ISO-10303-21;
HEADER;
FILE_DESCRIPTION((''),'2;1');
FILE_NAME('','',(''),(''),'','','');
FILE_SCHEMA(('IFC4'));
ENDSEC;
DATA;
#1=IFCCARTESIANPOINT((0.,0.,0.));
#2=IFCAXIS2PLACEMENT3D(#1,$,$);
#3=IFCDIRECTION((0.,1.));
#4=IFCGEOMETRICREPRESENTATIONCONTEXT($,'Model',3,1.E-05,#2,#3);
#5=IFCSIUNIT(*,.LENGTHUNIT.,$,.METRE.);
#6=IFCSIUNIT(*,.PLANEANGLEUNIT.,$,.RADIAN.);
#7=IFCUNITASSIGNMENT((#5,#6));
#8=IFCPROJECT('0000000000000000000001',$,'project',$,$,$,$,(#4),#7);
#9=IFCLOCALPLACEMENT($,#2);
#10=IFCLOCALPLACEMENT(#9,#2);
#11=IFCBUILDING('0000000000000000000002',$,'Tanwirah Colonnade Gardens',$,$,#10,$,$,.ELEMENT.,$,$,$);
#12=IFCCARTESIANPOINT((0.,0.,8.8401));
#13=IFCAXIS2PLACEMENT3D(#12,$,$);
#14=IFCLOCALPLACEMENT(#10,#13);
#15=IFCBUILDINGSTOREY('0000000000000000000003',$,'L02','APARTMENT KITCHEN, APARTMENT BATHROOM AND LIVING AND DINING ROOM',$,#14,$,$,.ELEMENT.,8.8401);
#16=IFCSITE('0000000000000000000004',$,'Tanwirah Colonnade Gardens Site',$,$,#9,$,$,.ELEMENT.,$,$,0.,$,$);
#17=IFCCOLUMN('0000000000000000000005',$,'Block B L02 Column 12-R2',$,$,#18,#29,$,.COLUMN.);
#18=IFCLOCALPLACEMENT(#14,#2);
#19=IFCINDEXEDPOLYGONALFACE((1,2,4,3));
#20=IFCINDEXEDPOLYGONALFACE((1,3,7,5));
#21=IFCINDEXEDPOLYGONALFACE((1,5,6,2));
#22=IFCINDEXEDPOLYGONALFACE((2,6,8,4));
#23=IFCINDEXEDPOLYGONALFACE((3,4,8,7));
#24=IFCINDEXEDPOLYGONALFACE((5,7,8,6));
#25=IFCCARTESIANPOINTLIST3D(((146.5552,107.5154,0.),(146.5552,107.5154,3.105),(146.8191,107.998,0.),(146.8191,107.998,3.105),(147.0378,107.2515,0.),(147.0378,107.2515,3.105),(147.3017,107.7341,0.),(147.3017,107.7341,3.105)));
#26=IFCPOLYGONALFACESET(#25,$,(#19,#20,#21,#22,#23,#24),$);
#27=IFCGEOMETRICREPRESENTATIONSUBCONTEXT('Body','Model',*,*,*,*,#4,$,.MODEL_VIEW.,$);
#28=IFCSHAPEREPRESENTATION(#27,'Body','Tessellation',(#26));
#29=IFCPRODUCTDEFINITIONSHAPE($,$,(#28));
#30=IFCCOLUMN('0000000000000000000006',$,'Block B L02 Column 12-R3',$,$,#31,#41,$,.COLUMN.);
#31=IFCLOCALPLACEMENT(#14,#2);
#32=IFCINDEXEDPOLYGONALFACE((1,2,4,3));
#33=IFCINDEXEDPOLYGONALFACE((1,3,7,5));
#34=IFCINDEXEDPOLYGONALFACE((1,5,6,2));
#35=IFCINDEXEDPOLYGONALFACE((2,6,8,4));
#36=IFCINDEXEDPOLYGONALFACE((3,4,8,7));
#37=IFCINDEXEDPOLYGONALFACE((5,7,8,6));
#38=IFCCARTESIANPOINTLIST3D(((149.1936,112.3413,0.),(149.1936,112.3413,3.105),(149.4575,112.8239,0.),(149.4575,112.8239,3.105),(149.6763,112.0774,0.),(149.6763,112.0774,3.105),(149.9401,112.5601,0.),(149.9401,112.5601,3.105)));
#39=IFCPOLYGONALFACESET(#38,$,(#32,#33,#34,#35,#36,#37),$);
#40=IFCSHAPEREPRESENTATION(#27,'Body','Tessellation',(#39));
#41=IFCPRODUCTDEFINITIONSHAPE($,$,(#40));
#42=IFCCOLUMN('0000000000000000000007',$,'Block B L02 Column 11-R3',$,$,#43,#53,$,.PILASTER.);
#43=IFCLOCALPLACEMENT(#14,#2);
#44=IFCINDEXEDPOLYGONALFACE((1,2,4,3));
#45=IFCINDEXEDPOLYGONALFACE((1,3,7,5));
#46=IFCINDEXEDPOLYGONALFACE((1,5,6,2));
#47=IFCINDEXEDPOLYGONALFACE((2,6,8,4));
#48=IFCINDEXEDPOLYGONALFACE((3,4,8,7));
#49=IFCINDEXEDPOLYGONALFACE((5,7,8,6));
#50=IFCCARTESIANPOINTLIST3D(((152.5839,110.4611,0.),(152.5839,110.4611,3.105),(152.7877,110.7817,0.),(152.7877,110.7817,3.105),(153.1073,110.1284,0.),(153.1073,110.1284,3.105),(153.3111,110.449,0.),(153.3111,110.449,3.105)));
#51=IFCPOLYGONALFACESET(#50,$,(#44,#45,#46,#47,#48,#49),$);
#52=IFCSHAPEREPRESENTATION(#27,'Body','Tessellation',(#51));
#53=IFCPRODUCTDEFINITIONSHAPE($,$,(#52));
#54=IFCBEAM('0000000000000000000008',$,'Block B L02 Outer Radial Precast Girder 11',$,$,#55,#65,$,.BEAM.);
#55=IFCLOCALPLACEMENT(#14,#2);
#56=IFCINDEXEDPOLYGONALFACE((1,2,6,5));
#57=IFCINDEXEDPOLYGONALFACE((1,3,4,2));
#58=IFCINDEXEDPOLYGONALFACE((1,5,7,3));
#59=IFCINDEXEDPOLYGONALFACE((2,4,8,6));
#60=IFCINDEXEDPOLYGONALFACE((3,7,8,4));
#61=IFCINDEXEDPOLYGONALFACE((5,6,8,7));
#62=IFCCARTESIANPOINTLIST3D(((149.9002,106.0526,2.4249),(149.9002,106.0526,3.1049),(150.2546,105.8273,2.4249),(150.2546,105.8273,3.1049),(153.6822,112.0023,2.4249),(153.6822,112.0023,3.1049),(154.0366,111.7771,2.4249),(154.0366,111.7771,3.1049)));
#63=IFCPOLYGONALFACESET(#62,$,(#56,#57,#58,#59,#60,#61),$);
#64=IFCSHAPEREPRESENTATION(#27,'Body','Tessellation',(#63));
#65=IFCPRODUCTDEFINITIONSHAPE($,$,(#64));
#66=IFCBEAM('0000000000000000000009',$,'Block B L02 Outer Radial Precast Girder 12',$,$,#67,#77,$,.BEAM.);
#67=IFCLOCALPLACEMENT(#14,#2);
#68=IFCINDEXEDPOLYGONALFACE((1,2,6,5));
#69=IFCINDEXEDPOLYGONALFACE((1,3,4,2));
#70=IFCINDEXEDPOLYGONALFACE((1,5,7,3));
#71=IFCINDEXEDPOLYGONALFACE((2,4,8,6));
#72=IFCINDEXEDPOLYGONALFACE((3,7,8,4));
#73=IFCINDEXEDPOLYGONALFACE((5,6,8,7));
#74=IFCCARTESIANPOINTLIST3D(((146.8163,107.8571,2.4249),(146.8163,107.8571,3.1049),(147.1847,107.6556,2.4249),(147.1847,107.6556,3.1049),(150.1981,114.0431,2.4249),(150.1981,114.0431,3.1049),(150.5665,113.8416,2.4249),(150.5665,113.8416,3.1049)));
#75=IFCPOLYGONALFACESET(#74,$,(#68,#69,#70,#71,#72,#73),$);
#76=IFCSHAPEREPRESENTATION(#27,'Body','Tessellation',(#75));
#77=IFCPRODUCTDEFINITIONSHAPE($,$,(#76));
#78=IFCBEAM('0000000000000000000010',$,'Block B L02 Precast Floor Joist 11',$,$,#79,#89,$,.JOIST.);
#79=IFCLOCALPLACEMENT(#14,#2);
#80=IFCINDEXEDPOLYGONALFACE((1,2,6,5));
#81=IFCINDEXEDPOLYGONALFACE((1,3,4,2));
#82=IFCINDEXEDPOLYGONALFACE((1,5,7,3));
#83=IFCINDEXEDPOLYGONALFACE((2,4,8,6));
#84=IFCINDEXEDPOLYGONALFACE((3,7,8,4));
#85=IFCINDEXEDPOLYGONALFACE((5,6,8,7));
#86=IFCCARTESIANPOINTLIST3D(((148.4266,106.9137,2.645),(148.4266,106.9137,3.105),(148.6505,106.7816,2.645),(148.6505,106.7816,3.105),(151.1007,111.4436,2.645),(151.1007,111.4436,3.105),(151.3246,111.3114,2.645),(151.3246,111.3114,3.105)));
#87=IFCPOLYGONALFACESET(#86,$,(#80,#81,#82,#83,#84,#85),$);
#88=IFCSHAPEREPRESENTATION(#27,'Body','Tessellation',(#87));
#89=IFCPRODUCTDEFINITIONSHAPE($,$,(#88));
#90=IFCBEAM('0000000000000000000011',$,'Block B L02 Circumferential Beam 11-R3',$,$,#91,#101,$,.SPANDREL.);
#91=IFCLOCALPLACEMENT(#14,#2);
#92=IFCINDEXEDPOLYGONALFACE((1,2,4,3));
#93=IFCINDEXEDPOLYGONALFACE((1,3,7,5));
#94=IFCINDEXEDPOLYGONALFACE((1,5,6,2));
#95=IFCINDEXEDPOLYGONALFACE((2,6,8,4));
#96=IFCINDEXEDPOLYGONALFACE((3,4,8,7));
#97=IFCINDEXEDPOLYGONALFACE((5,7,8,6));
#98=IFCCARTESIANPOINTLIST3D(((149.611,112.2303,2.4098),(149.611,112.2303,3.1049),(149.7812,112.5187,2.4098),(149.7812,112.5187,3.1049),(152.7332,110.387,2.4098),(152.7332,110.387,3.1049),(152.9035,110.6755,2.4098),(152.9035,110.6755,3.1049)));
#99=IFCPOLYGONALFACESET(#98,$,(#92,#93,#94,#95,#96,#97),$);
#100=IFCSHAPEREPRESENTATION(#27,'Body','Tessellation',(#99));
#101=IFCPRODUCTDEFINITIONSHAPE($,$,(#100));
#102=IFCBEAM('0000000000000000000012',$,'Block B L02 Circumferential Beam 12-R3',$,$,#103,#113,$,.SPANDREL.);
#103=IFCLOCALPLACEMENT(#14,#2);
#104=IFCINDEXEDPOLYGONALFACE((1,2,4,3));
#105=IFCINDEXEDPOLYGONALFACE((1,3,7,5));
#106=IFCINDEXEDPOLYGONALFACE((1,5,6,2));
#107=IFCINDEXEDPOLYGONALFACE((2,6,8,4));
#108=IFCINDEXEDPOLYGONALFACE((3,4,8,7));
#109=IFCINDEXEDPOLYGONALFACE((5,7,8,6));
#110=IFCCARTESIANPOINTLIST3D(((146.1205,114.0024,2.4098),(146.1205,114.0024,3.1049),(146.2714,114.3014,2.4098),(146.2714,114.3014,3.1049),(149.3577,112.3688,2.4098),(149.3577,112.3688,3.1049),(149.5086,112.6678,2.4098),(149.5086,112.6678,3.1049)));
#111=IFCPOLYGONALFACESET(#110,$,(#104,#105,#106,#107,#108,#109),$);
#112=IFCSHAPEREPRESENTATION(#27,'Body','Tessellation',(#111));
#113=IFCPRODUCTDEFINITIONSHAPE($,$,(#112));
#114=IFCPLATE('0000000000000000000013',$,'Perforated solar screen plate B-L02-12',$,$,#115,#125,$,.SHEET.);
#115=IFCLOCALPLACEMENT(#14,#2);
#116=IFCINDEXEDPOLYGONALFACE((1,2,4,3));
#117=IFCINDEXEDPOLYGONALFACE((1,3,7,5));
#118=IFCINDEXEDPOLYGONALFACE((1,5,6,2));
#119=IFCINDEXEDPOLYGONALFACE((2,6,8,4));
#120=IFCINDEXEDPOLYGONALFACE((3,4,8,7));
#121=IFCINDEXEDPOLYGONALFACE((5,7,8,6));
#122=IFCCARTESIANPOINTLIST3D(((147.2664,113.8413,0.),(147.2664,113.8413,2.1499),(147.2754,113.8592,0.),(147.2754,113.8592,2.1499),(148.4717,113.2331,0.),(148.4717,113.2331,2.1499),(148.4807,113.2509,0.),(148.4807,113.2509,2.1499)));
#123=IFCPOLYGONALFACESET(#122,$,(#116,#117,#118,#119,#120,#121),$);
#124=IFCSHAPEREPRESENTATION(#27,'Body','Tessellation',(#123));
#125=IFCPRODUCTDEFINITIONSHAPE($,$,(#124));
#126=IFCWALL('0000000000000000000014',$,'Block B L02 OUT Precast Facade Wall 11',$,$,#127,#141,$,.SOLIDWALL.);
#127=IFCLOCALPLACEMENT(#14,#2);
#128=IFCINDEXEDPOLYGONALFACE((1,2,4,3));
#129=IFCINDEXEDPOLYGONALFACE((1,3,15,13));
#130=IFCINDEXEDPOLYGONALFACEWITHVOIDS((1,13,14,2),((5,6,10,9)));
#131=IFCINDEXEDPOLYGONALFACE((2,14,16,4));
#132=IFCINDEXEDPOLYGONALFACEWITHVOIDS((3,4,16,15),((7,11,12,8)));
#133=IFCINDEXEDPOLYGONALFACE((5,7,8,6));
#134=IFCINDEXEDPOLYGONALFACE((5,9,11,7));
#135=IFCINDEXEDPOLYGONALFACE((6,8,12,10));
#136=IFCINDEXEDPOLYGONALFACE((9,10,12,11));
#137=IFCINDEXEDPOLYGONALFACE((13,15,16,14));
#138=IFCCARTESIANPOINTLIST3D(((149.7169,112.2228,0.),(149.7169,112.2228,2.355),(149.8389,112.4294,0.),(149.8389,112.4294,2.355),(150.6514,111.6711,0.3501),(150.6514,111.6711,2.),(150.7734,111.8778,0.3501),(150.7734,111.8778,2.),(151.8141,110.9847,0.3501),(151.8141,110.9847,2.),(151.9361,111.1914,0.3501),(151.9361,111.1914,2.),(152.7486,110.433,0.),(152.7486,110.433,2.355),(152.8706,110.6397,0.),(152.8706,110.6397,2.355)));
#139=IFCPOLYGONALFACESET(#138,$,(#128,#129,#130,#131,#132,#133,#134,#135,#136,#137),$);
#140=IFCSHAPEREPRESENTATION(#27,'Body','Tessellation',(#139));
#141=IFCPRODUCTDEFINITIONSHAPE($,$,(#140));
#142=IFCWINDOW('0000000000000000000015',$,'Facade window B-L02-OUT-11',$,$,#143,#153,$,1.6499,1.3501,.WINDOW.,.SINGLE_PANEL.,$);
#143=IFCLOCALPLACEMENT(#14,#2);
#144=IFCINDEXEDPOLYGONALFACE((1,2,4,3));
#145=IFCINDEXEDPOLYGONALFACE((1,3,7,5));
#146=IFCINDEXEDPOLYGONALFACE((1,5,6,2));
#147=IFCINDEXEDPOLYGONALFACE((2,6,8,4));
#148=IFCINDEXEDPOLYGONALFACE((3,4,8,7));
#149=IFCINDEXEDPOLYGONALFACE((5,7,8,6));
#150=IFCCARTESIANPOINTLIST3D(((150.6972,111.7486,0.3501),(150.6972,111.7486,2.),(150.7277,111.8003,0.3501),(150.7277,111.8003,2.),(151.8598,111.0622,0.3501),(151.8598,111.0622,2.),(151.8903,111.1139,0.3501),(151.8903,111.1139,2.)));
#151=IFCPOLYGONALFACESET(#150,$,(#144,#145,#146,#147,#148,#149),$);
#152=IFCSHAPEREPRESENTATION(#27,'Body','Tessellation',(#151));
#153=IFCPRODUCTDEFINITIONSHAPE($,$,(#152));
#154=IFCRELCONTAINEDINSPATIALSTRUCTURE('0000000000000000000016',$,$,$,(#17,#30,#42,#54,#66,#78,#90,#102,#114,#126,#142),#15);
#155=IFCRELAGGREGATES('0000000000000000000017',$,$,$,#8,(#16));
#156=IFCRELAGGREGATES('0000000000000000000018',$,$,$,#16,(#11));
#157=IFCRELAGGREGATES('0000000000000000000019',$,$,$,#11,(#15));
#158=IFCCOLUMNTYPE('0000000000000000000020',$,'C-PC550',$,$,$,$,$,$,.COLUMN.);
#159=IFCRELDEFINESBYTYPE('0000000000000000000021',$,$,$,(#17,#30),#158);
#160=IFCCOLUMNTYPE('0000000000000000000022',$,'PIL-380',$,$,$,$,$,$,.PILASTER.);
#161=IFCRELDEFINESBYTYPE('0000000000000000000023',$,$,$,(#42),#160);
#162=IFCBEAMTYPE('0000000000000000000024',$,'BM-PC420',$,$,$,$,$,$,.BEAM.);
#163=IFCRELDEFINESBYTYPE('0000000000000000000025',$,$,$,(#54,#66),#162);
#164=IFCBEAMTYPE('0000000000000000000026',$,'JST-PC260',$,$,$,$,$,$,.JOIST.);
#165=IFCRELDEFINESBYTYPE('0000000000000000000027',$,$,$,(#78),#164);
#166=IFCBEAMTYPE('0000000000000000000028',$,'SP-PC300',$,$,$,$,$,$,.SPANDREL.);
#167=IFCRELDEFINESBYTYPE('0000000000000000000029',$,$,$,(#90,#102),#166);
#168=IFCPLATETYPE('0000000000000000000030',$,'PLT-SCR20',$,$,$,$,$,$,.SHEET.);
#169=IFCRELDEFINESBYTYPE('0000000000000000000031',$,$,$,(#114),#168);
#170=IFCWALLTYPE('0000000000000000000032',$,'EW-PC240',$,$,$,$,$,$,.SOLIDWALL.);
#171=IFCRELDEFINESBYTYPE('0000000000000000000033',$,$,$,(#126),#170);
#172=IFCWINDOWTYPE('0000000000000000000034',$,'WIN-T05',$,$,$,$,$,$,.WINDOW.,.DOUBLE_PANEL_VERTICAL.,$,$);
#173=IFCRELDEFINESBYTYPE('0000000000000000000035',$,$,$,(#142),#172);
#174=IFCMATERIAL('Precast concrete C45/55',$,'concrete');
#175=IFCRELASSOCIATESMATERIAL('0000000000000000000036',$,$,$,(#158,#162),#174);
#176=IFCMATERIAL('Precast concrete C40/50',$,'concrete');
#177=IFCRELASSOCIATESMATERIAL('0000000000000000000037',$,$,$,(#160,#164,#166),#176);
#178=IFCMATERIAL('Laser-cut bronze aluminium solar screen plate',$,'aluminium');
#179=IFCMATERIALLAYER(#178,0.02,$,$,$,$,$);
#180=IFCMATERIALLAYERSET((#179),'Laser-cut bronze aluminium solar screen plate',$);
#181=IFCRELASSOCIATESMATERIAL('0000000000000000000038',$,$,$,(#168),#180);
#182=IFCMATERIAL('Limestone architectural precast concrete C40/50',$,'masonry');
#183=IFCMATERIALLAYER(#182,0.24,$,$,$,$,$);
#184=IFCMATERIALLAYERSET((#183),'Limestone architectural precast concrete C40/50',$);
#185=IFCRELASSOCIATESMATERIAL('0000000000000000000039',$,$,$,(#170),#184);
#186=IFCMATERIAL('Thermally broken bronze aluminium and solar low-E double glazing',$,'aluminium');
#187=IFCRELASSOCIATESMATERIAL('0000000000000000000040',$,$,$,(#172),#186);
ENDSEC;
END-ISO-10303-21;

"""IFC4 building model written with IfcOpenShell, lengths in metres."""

from ifc_helpers import new_model, si_unit, direction, frame, frame_2d, origin, origin_2d, place, context, subcontext, project, spatial, rectangle, extrude, material, layer, layer_set, material_profile, profile_set, type_object, element, fill, save


model = new_model("IFC4")

# Units and contexts
model_context = context("Model", 3, precision=1e-05, world=origin(), true_north=direction((0.0, 1.0)))
body_context = subcontext(model_context, "Body", "Model", "MODEL_VIEW")
ifc_project = project(units=[si_unit("LENGTHUNIT", "METRE"), si_unit("PLANEANGLEUNIT", "RADIAN")], contexts=[model_context])

# Site, building, storey
site_placement = place(None, origin())
site = spatial("IfcSite", under=ifc_project, at=site_placement, Name="Tanwirah Colonnade Gardens Site", CompositionType="ELEMENT", RefElevation=0.0)
building_placement = place(site_placement, origin())
building = spatial("IfcBuilding", under=site, at=building_placement, Name="Tanwirah Colonnade Gardens", CompositionType="ELEMENT")
storey_placement = place(building_placement, frame((0.0, 0.0, 8.8401)))
storey = spatial("IfcBuildingStorey", under=building, at=storey_placement, Name="L02", Description="APARTMENT KITCHEN, APARTMENT BATHROOM AND LIVING AND DINING ROOM", CompositionType="ELEMENT", Elevation=8.8401)

# Columns
ifc_material_1 = material(Name="Precast concrete C45/55", Category="concrete")
ifc_material_profile_1 = material_profile(ifc_material_1, rectangle(XDim=0.55, YDim=0.55, at=origin_2d()), Name="PC-COL 550x550")
ifc_profile_set_1 = profile_set([ifc_material_profile_1], Name="Precast concrete C45/55")
column_type_1 = type_object("IfcColumnType", Name="C-PC550", PredefinedType="COLUMN", material=ifc_profile_set_1)
for number, where, z_axis, x_axis, name in (
    (1, (146.9285, 107.6248, 0.0), (0.0, 0.0, 1.0), (0.479713, 0.877425, 0.0), "Block B L02 Column 12-R2"),
    (2, (149.5669, 112.4507, 0.0), (0.0, 0.0, 1.0), (0.479713, 0.877425, 0.0), "Block B L02 Column 12-R3"),
):
    element("IfcColumn", number, at=place(storey_placement, frame(where, z_axis=z_axis, x_axis=x_axis)), inside=storey, type_object=column_type_1, Name=name, PredefinedType="COLUMN", context=body_context, shape_type="SweptSolid", body=[
        extrude(rectangle(XDim=0.55, YDim=0.55, at=origin_2d()), origin(), (0.0, 0.0, 1.0), 3.105),
    ])
ifc_material_2 = material(Name="Precast concrete C40/50", Category="concrete")
ifc_material_profile_2 = material_profile(ifc_material_2, rectangle(XDim=0.3799, YDim=0.6201, at=origin_2d()), Name="PC-PIL 380x620")
ifc_profile_set_2 = profile_set([ifc_material_profile_2], Name="Precast concrete C40/50")
column_type_2 = type_object("IfcColumnType", Name="PIL-380", PredefinedType="PILASTER", material=ifc_profile_set_2)
column_placement = place(storey_placement, frame((152.9475, 110.4551, 0.0), z_axis=(0.0, 0.0, 1.0), x_axis=(0.536482, 0.843912, 0.0)))
element("IfcColumn", 3, at=column_placement, inside=storey, type_object=column_type_2, Name="Block B L02 Column 11-R3", PredefinedType="PILASTER", context=body_context, shape_type="SweptSolid", body=[
    extrude(rectangle(XDim=0.3799, YDim=0.6201, at=origin_2d()), origin(), (0.0, 0.0, 1.0), 3.105),
])

# Beams
ifc_material_profile_3 = material_profile(ifc_material_1, rectangle(XDim=0.4199, YDim=0.6799, at=origin_2d()), Name="PC-BM 420x680")
ifc_profile_set_3 = profile_set([ifc_material_profile_3], Name="Precast concrete C45/55")
beam_type_1 = type_object("IfcBeamType", Name="BM-PC420", PredefinedType="BEAM", material=ifc_profile_set_3)
for number, where, z_axis, x_axis, name in (
    (4, (150.0774, 105.9399, 2.7649), (0.536452, 0.843931, 0.0), (-0.843931, 0.536452, 0.0), "Block B L02 Outer Radial Precast Girder 11"),
    (5, (147.0005, 107.7563, 2.7649), (0.479687, 0.87744, 0.0), (-0.87744, 0.479687, 0.0), "Block B L02 Outer Radial Precast Girder 12"),
):
    element("IfcBeam", number, at=place(storey_placement, frame(where, z_axis=z_axis, x_axis=x_axis)), inside=storey, type_object=beam_type_1, Name=name, PredefinedType="BEAM", context=body_context, shape_type="SweptSolid", body=[
        extrude(rectangle(XDim=0.4199, YDim=0.6799, at=origin_2d()), origin(), (0.0, 0.0, 1.0), 7.05),
    ])
ifc_material_profile_4 = material_profile(ifc_material_2, rectangle(XDim=0.26, YDim=0.46, at=origin_2d()), Name="PC-JST 260x460")
ifc_profile_set_4 = profile_set([ifc_material_profile_4], Name="Precast concrete C40/50")
beam_type_2 = type_object("IfcBeamType", Name="JST-PC260", PredefinedType="JOIST", material=ifc_profile_set_4)
beam_1_placement = place(storey_placement, frame((148.5386, 106.8477, 2.875), z_axis=(0.50836, 0.861145, 0.0), x_axis=(-0.861145, 0.50836, 0.0)))
element("IfcBeam", 6, at=beam_1_placement, inside=storey, type_object=beam_type_2, Name="Block B L02 Precast Floor Joist 11", PredefinedType="JOIST", context=body_context, shape_type="SweptSolid", body=[
    extrude(rectangle(XDim=0.26, YDim=0.46, at=origin_2d()), origin(), (0.0, 0.0, 1.0), 5.2603),
])
ifc_material_profile_5 = material_profile(ifc_material_2, rectangle(XDim=0.335, YDim=0.6951, at=origin_2d()), Name="PC-SP 335x695")
ifc_profile_set_5 = profile_set([ifc_material_profile_5], Name="Precast concrete C40/50")
beam_type_3 = type_object("IfcBeamType", Name="SP-PC300", PredefinedType="SPANDREL", material=ifc_profile_set_5)
beam_2_placement = place(storey_placement, frame((152.8184, 110.5312, 2.7573), z_axis=(-0.861137, 0.508373, 0.0), x_axis=(-0.508373, -0.861137, 0.0)))
element("IfcBeam", 7, at=beam_2_placement, inside=storey, type_object=beam_type_3, Name="Block B L02 Circumferential Beam 11-R3", PredefinedType="SPANDREL", context=body_context, shape_type="SweptSolid", body=[
    extrude(rectangle(XDim=0.335, YDim=0.6951, at=origin_2d()), origin(), (0.0, 0.0, 1.0), 3.6257),
])
beam_3_placement = place(storey_placement, frame((149.4331, 112.5183, 2.7573), z_axis=(-0.892765, 0.450523, 0.0), x_axis=(-0.450523, -0.892765, 0.0)))
element("IfcBeam", 8, at=beam_3_placement, inside=storey, type_object=beam_type_3, Name="Block B L02 Circumferential Beam 12-R3", PredefinedType="SPANDREL", context=body_context, shape_type="SweptSolid", body=[
    extrude(rectangle(XDim=0.335, YDim=0.6951, at=origin_2d()), origin(), (0.0, 0.0, 1.0), 3.626),
])

# Plate
ifc_material_3 = material(Name="Laser-cut bronze aluminium solar screen plate", Category="aluminium")
ifc_layer_1 = layer(ifc_material_3, 0.02)
ifc_layer_set_1 = layer_set([ifc_layer_1], Name="Laser-cut bronze aluminium solar screen plate")
plate_type = type_object("IfcPlateType", Name="PLT-SCR20", PredefinedType="SHEET", material=ifc_layer_set_1)
plate_placement = place(storey_placement, frame((147.8735, 113.5461, 0.0), z_axis=(0.0, 0.0, 1.0), x_axis=(-0.89276, 0.450533, 0.0)))
element("IfcPlate", 9, at=plate_placement, inside=storey, type_object=plate_type, Name="Perforated solar screen plate B-L02-12", PredefinedType="SHEET", context=body_context, shape_type="SweptSolid", body=[
    extrude(rectangle(XDim=1.3501, YDim=0.02, at=origin_2d()), origin(), (0.0, 0.0, 1.0), 2.1499),
])

# Wall, opening, window
ifc_material_4 = material(Name="Limestone architectural precast concrete C40/50", Category="masonry")
ifc_layer_2 = layer(ifc_material_4, 0.24)
ifc_layer_set_2 = layer_set([ifc_layer_2], Name="Limestone architectural precast concrete C40/50")
wall_type_1 = type_object("IfcWallType", Name="EW-PC240", PredefinedType="SOLIDWALL", material=ifc_layer_set_2)
wall_1_placement = place(storey_placement, frame((152.8096, 110.5364, 0.0), z_axis=(0.0, 0.0, 1.0), x_axis=(-0.861136, 0.508374, 0.0)))
wall_1 = element("IfcWall", 10, at=wall_1_placement, inside=storey, type_object=wall_type_1, Name="Block B L02 OUT Precast Facade Wall 11", PredefinedType="SOLIDWALL", context=body_context, shape_type="SweptSolid", body=[
    extrude(rectangle(XDim=3.5205, YDim=0.24, at=frame_2d((1.7603, 0.0))), origin(), (0.0, 0.0, 1.0), 2.355),
])
opening_1_placement = place(wall_1_placement, frame((1.0852, 0.0, 0.3501)))
opening_1 = element("IfcOpeningElement", 11, at=opening_1_placement, cuts=wall_1, PredefinedType="OPENING", context=body_context, shape_type="SweptSolid", body=[
    extrude(rectangle(XDim=1.3501, YDim=1.6499, at=frame_2d((0.675, 0.825))), frame((0.0, 0.1299, 0.0), z_axis=(0.0, -1.0, 0.0), x_axis=(1.0, 0.0, 0.0)), (0.0, 0.0, 1.0), 0.26),
])
ifc_material_5 = material(Name="Thermally broken bronze aluminium and solar low-E double glazing", Category="aluminium")
window_type_1 = type_object("IfcWindowType", Name="WIN-T05", PartitioningType="DOUBLE_PANEL_VERTICAL", PredefinedType="WINDOW", material=ifc_material_5)
window_1_placement = place(opening_1_placement, origin())
window_1 = element("IfcWindow", 12, at=window_1_placement, inside=storey, type_object=window_type_1, Name="Facade window B-L02-OUT-11", OverallHeight=1.6499, OverallWidth=1.3501, PartitioningType="SINGLE_PANEL", PredefinedType="WINDOW", context=body_context, shape_type="SweptSolid", body=[
    extrude(rectangle(XDim=1.3501, YDim=1.6499, at=frame_2d((0.675, 0.825))), frame((0.0, 0.03, 0.0), z_axis=(0.0, -1.0, 0.0), x_axis=(1.0, 0.0, 0.0)), (0.0, 0.0, 1.0), 0.0601),
])
fill(opening_1, window_1)

save(model, "model.ifc")
